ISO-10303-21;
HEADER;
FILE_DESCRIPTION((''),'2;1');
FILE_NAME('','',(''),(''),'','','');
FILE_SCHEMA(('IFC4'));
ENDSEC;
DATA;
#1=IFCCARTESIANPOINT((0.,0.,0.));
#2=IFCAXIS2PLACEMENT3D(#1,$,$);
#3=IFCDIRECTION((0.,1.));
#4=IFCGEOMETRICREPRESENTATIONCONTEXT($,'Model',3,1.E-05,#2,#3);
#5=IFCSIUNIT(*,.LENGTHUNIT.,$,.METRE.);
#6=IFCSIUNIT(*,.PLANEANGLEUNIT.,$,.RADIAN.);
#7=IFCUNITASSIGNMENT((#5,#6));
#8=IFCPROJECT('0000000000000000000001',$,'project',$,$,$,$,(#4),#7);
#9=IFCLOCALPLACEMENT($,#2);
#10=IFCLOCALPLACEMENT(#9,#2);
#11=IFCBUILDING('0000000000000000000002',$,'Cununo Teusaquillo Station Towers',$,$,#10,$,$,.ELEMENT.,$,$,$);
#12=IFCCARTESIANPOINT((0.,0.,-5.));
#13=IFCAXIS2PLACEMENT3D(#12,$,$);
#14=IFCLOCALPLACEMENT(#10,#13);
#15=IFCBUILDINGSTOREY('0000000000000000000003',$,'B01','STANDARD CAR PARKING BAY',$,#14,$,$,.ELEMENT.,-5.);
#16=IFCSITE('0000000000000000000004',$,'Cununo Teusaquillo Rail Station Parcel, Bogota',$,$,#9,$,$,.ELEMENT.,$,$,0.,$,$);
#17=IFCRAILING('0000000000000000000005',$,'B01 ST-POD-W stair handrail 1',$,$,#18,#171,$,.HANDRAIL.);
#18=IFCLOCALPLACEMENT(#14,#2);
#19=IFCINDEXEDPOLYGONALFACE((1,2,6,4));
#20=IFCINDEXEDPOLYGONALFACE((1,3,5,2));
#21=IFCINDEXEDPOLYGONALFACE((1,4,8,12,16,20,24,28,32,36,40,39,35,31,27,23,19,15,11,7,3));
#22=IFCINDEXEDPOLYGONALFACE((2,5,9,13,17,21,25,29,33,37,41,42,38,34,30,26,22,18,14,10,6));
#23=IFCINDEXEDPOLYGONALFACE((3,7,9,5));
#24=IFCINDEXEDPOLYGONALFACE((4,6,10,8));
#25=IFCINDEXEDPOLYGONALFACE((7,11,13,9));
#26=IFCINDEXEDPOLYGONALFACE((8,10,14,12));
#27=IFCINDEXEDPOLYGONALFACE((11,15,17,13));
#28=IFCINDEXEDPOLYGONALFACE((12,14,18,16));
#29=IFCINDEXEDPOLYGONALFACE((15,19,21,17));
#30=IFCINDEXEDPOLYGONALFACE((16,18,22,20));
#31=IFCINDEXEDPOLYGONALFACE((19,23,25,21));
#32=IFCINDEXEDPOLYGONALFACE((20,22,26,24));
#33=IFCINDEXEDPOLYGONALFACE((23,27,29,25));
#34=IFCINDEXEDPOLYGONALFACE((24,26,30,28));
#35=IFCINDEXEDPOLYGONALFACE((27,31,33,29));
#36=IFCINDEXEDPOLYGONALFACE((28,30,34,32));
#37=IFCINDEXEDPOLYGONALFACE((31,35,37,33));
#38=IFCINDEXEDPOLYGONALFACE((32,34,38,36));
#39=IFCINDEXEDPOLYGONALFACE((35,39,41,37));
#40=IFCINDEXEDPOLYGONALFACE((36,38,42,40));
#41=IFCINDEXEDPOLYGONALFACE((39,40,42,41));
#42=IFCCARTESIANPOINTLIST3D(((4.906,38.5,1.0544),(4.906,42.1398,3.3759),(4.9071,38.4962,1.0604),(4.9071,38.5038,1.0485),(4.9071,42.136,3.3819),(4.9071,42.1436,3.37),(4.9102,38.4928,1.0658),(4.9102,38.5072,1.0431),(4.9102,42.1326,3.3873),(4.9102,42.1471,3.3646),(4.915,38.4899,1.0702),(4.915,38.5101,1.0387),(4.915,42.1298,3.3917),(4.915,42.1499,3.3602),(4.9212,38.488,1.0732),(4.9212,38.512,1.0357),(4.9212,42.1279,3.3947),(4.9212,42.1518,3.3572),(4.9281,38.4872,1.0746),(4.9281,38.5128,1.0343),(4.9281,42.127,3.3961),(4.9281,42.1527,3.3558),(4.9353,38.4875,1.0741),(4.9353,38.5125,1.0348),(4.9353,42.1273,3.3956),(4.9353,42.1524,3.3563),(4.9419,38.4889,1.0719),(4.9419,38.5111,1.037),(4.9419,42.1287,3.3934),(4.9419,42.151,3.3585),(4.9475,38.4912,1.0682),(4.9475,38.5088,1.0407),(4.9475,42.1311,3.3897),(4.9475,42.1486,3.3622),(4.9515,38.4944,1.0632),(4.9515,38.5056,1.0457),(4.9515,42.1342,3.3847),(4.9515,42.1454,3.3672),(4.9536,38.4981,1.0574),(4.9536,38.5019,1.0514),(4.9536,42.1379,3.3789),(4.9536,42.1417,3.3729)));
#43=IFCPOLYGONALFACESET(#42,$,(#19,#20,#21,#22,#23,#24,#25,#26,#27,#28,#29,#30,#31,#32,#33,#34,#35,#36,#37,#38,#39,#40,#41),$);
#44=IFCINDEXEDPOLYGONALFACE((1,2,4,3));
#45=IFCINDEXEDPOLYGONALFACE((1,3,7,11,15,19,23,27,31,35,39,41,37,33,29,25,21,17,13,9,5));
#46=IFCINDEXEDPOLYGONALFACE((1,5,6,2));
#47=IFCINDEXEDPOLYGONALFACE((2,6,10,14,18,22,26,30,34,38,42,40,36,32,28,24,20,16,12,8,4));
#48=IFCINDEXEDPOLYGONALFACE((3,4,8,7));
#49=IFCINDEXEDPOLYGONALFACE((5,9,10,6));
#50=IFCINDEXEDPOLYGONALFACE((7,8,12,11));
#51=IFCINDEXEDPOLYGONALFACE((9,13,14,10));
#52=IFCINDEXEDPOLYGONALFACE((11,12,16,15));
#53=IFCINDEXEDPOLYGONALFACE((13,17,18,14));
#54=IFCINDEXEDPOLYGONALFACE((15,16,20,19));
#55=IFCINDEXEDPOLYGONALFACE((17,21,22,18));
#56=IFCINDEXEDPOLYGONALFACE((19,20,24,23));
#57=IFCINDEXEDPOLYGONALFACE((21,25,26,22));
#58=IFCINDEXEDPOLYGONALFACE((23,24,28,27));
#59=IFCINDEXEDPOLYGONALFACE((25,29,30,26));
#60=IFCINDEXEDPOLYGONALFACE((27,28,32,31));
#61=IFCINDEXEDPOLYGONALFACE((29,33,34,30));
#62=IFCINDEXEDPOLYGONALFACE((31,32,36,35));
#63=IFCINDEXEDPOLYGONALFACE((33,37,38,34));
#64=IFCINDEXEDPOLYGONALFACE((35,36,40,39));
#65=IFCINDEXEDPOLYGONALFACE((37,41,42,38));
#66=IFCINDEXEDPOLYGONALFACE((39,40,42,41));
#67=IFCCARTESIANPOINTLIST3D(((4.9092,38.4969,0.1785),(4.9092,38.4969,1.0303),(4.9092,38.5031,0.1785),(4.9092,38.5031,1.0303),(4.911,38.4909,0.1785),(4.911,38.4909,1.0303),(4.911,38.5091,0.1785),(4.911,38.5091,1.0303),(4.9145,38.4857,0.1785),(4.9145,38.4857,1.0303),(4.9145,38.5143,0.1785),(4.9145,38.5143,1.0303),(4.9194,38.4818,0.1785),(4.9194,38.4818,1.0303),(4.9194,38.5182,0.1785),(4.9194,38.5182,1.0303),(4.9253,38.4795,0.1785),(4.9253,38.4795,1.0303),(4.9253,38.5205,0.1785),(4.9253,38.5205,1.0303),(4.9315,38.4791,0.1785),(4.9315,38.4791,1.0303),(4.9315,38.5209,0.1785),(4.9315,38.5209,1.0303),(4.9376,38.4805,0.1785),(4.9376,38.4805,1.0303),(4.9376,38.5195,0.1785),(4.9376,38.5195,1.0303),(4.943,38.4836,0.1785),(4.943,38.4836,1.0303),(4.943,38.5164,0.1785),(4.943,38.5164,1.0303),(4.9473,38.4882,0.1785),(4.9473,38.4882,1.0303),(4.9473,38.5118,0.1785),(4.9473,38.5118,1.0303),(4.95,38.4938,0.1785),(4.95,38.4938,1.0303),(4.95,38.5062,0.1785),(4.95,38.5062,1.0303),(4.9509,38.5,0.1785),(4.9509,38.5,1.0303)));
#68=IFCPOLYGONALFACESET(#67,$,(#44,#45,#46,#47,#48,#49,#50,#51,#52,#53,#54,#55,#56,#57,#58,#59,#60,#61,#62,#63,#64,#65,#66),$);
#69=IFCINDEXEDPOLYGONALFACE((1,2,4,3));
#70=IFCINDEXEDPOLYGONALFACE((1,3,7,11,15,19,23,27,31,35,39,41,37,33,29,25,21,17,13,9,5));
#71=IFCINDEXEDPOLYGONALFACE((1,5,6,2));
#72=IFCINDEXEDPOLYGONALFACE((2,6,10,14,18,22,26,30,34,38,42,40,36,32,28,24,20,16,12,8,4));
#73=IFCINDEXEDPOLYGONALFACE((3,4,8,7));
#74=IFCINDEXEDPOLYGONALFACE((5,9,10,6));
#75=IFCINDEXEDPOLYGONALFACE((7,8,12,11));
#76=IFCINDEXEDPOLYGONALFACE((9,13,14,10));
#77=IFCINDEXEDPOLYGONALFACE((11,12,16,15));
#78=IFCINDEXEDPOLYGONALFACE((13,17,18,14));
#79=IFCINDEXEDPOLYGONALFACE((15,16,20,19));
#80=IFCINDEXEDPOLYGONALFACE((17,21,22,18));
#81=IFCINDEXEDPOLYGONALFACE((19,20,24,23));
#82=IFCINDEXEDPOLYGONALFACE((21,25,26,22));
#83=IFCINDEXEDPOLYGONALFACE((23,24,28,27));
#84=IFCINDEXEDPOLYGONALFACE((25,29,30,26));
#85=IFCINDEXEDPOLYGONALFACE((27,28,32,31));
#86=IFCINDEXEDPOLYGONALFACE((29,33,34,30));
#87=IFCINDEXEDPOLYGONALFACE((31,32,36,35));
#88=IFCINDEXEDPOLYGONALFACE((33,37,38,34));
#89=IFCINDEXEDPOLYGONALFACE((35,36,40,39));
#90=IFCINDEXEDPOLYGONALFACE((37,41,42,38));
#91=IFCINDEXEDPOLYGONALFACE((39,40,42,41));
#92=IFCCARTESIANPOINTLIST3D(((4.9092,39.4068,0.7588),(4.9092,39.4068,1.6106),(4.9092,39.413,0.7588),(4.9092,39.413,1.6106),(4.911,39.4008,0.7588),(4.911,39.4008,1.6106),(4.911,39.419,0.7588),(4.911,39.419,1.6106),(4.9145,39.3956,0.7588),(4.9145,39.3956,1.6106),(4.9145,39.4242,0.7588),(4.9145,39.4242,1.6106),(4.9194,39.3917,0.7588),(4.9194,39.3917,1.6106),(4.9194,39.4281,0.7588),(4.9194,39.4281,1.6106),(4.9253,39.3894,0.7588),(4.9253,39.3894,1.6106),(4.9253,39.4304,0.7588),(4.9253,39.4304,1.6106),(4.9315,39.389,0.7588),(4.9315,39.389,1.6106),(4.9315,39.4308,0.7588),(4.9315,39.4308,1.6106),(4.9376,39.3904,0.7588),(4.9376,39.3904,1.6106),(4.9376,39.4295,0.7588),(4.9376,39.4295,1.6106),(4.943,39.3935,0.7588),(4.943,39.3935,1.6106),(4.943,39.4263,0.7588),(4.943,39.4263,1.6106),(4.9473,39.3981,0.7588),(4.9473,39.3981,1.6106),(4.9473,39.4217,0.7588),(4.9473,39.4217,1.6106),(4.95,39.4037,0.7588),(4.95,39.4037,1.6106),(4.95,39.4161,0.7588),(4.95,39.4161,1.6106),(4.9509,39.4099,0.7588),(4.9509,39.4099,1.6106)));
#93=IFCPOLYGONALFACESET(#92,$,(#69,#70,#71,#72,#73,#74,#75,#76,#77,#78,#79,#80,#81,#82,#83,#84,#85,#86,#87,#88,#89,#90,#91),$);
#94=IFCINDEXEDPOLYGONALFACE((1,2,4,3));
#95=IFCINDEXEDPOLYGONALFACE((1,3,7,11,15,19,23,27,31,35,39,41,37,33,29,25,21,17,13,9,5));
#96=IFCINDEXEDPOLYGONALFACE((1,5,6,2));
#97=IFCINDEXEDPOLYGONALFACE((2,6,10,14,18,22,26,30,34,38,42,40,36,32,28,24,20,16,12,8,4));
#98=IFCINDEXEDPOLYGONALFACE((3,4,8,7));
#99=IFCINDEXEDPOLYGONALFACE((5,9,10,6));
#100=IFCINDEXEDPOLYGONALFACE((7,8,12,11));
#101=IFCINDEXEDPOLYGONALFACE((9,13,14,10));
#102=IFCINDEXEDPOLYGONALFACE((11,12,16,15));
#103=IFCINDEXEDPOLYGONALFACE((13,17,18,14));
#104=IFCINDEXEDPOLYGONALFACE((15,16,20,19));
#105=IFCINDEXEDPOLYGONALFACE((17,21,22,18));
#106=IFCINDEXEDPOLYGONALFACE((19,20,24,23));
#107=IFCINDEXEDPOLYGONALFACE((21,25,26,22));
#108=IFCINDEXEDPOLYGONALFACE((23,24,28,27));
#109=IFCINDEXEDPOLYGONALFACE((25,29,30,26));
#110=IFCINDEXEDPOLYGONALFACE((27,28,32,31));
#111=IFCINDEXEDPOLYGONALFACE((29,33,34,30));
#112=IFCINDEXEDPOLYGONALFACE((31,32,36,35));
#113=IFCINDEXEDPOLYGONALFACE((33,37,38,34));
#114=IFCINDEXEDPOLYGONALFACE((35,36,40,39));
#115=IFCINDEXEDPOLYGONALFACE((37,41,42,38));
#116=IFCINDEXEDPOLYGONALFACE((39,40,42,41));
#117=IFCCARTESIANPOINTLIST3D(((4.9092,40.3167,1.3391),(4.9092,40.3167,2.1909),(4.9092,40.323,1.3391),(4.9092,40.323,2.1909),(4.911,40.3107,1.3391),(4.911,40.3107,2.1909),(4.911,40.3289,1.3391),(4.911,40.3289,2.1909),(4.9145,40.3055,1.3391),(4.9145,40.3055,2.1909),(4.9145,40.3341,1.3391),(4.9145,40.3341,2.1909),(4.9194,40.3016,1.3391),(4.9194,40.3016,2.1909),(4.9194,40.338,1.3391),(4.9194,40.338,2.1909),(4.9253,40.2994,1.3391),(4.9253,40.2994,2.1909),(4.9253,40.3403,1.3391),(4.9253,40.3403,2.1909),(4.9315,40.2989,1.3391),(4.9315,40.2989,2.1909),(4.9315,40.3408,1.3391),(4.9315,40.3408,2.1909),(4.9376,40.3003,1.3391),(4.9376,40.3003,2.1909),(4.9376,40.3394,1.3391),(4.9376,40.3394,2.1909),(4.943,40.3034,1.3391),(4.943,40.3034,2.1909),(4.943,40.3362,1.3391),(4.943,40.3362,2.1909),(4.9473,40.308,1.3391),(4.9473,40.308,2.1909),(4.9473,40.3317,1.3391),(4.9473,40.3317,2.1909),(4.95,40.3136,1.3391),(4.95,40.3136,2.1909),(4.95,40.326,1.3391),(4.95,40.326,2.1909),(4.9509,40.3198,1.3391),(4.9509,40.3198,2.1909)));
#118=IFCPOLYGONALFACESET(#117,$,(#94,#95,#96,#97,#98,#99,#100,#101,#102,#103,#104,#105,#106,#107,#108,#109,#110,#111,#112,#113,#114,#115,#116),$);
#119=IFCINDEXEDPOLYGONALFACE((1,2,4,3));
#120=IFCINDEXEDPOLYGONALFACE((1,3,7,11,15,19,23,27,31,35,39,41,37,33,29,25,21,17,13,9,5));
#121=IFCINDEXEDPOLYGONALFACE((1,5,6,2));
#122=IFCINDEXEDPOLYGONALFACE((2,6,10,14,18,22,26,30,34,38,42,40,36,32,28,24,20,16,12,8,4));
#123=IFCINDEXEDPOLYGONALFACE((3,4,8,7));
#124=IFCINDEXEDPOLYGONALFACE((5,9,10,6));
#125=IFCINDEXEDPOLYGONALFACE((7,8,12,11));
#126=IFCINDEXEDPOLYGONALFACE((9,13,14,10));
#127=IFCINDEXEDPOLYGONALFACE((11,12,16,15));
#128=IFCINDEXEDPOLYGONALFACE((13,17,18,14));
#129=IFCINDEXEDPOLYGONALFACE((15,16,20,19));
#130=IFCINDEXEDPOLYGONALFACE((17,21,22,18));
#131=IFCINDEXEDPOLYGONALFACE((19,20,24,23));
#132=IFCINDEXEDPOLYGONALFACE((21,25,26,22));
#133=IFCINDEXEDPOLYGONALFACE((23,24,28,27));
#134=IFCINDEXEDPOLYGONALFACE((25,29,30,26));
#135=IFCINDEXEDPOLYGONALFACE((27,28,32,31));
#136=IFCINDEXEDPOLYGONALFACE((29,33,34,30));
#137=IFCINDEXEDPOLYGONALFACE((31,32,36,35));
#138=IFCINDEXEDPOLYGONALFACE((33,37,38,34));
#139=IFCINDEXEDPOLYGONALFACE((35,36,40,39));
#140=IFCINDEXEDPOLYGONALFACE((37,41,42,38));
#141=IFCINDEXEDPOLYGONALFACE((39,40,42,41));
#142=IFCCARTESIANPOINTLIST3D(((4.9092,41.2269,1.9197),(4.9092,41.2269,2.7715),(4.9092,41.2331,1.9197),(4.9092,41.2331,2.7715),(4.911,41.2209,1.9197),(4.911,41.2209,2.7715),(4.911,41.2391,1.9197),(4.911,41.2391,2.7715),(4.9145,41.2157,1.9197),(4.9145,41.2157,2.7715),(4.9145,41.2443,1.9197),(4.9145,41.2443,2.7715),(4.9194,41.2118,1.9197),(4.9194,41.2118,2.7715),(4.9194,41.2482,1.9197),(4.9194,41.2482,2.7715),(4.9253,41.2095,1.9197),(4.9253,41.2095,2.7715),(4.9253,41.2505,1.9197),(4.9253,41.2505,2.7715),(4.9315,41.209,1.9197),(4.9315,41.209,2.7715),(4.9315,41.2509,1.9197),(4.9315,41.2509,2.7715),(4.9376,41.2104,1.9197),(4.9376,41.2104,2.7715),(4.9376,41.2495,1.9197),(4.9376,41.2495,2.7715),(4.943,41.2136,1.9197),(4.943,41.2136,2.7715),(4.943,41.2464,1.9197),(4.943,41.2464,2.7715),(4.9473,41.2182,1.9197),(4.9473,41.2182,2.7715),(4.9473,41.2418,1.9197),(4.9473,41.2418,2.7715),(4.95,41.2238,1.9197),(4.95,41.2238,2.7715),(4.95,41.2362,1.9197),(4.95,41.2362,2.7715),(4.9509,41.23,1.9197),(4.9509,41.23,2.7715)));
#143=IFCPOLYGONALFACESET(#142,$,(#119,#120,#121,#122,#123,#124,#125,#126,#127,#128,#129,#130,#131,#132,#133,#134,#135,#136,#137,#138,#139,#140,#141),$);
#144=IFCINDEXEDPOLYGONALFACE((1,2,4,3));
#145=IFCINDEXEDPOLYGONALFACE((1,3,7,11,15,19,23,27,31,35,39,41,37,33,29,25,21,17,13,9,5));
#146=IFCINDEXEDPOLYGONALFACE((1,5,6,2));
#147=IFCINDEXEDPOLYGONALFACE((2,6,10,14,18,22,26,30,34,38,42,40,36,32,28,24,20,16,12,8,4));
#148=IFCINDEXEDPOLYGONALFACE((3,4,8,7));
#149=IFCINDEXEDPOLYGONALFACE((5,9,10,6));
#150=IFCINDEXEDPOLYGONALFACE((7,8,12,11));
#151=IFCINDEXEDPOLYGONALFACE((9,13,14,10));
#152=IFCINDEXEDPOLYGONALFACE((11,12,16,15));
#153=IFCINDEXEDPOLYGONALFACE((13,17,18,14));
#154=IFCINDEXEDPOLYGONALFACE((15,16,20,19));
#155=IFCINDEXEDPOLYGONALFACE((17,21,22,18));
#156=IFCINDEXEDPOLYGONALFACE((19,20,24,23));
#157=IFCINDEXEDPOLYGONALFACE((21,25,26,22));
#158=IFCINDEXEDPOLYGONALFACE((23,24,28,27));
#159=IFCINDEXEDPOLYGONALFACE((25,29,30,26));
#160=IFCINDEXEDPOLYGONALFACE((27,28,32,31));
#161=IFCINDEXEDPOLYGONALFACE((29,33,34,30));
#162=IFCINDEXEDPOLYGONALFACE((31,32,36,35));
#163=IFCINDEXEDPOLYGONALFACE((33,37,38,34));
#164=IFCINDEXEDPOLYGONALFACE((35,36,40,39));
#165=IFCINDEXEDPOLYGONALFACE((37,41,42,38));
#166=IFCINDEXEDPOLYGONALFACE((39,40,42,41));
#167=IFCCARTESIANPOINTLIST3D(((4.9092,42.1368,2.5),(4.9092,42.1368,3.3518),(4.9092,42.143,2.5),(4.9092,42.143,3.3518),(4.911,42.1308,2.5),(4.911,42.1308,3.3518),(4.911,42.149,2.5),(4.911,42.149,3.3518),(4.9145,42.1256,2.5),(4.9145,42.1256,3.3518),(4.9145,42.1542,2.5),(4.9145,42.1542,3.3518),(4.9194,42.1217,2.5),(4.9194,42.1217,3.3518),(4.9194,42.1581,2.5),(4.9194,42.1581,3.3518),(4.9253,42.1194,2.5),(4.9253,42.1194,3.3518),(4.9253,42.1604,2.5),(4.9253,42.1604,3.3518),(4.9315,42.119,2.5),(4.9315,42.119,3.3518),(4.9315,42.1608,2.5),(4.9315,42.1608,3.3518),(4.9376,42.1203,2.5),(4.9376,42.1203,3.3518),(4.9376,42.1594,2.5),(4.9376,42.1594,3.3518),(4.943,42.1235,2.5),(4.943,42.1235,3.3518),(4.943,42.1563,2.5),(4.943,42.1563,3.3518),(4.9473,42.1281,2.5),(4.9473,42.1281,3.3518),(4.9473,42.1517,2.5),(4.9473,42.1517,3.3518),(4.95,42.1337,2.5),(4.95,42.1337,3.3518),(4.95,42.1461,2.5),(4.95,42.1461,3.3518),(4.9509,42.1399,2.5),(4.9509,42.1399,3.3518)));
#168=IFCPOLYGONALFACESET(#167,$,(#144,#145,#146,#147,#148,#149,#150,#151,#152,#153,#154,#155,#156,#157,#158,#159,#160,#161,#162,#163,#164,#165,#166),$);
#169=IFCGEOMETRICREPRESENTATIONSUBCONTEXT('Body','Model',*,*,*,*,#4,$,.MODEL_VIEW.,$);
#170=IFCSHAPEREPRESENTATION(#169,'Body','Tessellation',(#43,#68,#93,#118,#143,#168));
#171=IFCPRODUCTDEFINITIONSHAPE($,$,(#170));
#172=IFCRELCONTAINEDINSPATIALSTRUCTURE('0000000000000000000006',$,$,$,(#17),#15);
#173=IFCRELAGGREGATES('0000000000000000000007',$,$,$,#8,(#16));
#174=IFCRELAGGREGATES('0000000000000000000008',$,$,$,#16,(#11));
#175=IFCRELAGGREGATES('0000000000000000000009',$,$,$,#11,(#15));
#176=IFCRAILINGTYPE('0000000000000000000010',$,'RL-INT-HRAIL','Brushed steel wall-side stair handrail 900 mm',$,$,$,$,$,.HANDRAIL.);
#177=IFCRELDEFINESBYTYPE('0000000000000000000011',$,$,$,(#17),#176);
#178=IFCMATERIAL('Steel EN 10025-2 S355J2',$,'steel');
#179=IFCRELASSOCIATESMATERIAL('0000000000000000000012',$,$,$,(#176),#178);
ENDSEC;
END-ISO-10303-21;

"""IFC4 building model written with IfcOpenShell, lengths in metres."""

from ifc_helpers import new_model, si_unit, direction, frame, origin, origin_2d, place, context, subcontext, project, spatial, circle, extrude, material, type_object, element, save


model = new_model("IFC4")

# Units and contexts
model_context = context("Model", 3, precision=1e-05, world=origin(), true_north=direction((0.0, 1.0)))
body_context = subcontext(model_context, "Body", "Model", "MODEL_VIEW")
ifc_project = project(units=[si_unit("LENGTHUNIT", "METRE"), si_unit("PLANEANGLEUNIT", "RADIAN")], contexts=[model_context])

# Site, building, storey
site_placement = place(None, origin())
site = spatial("IfcSite", under=ifc_project, at=site_placement, Name="Cununo Teusaquillo Rail Station Parcel, Bogota", CompositionType="ELEMENT", RefElevation=0.0)
building_placement = place(site_placement, origin())
building = spatial("IfcBuilding", under=site, at=building_placement, Name="Cununo Teusaquillo Station Towers", CompositionType="ELEMENT")
storey_placement = place(building_placement, frame((0.0, 0.0, -5.0)))
storey = spatial("IfcBuildingStorey", under=building, at=storey_placement, Name="B01", Description="STANDARD CAR PARKING BAY", CompositionType="ELEMENT", Elevation=-5.0)

# Railing
ifc_material_1 = material(Name="Steel EN 10025-2 S355J2", Category="steel")
railing_type_1 = type_object("IfcRailingType", Name="RL-INT-HRAIL", Description="Brushed steel wall-side stair handrail 900 mm", PredefinedType="HANDRAIL", material=ifc_material_1)
railing_1_placement = place(storey_placement, frame((4.9299, 38.5, 0.1785)))
element("IfcRailing", 1, at=railing_1_placement, inside=storey, type_object=railing_type_1, Name="B01 ST-POD-W stair handrail 1", PredefinedType="HANDRAIL", context=body_context, shape_type="SweptSolid", body=[
    extrude(circle(Radius=0.0239, at=origin_2d()), frame((0.0, 0.0, 0.876), z_axis=(0.0, 0.843112, 0.537739), x_axis=(-1.0, 0.0, 0.0)), (0.0, 0.0, 1.0), 4.3171),
    extrude(circle(Radius=0.021, at=origin_2d()), origin(), (0.0, 0.0, 1.0), 0.8518),
    extrude(circle(Radius=0.021, at=origin_2d()), frame((0.0, 0.9099, 0.5803)), (0.0, 0.0, 1.0), 0.8518),
    extrude(circle(Radius=0.021, at=origin_2d()), frame((0.0, 1.8198, 1.1606)), (0.0, 0.0, 1.0), 0.8518),
    extrude(circle(Radius=0.021, at=origin_2d()), frame((0.0, 2.73, 1.7412)), (0.0, 0.0, 1.0), 0.8518),
    extrude(circle(Radius=0.021, at=origin_2d()), frame((0.0, 3.6399, 2.3215)), (0.0, 0.0, 1.0), 0.8518),
])

save(model, "model.ifc")
